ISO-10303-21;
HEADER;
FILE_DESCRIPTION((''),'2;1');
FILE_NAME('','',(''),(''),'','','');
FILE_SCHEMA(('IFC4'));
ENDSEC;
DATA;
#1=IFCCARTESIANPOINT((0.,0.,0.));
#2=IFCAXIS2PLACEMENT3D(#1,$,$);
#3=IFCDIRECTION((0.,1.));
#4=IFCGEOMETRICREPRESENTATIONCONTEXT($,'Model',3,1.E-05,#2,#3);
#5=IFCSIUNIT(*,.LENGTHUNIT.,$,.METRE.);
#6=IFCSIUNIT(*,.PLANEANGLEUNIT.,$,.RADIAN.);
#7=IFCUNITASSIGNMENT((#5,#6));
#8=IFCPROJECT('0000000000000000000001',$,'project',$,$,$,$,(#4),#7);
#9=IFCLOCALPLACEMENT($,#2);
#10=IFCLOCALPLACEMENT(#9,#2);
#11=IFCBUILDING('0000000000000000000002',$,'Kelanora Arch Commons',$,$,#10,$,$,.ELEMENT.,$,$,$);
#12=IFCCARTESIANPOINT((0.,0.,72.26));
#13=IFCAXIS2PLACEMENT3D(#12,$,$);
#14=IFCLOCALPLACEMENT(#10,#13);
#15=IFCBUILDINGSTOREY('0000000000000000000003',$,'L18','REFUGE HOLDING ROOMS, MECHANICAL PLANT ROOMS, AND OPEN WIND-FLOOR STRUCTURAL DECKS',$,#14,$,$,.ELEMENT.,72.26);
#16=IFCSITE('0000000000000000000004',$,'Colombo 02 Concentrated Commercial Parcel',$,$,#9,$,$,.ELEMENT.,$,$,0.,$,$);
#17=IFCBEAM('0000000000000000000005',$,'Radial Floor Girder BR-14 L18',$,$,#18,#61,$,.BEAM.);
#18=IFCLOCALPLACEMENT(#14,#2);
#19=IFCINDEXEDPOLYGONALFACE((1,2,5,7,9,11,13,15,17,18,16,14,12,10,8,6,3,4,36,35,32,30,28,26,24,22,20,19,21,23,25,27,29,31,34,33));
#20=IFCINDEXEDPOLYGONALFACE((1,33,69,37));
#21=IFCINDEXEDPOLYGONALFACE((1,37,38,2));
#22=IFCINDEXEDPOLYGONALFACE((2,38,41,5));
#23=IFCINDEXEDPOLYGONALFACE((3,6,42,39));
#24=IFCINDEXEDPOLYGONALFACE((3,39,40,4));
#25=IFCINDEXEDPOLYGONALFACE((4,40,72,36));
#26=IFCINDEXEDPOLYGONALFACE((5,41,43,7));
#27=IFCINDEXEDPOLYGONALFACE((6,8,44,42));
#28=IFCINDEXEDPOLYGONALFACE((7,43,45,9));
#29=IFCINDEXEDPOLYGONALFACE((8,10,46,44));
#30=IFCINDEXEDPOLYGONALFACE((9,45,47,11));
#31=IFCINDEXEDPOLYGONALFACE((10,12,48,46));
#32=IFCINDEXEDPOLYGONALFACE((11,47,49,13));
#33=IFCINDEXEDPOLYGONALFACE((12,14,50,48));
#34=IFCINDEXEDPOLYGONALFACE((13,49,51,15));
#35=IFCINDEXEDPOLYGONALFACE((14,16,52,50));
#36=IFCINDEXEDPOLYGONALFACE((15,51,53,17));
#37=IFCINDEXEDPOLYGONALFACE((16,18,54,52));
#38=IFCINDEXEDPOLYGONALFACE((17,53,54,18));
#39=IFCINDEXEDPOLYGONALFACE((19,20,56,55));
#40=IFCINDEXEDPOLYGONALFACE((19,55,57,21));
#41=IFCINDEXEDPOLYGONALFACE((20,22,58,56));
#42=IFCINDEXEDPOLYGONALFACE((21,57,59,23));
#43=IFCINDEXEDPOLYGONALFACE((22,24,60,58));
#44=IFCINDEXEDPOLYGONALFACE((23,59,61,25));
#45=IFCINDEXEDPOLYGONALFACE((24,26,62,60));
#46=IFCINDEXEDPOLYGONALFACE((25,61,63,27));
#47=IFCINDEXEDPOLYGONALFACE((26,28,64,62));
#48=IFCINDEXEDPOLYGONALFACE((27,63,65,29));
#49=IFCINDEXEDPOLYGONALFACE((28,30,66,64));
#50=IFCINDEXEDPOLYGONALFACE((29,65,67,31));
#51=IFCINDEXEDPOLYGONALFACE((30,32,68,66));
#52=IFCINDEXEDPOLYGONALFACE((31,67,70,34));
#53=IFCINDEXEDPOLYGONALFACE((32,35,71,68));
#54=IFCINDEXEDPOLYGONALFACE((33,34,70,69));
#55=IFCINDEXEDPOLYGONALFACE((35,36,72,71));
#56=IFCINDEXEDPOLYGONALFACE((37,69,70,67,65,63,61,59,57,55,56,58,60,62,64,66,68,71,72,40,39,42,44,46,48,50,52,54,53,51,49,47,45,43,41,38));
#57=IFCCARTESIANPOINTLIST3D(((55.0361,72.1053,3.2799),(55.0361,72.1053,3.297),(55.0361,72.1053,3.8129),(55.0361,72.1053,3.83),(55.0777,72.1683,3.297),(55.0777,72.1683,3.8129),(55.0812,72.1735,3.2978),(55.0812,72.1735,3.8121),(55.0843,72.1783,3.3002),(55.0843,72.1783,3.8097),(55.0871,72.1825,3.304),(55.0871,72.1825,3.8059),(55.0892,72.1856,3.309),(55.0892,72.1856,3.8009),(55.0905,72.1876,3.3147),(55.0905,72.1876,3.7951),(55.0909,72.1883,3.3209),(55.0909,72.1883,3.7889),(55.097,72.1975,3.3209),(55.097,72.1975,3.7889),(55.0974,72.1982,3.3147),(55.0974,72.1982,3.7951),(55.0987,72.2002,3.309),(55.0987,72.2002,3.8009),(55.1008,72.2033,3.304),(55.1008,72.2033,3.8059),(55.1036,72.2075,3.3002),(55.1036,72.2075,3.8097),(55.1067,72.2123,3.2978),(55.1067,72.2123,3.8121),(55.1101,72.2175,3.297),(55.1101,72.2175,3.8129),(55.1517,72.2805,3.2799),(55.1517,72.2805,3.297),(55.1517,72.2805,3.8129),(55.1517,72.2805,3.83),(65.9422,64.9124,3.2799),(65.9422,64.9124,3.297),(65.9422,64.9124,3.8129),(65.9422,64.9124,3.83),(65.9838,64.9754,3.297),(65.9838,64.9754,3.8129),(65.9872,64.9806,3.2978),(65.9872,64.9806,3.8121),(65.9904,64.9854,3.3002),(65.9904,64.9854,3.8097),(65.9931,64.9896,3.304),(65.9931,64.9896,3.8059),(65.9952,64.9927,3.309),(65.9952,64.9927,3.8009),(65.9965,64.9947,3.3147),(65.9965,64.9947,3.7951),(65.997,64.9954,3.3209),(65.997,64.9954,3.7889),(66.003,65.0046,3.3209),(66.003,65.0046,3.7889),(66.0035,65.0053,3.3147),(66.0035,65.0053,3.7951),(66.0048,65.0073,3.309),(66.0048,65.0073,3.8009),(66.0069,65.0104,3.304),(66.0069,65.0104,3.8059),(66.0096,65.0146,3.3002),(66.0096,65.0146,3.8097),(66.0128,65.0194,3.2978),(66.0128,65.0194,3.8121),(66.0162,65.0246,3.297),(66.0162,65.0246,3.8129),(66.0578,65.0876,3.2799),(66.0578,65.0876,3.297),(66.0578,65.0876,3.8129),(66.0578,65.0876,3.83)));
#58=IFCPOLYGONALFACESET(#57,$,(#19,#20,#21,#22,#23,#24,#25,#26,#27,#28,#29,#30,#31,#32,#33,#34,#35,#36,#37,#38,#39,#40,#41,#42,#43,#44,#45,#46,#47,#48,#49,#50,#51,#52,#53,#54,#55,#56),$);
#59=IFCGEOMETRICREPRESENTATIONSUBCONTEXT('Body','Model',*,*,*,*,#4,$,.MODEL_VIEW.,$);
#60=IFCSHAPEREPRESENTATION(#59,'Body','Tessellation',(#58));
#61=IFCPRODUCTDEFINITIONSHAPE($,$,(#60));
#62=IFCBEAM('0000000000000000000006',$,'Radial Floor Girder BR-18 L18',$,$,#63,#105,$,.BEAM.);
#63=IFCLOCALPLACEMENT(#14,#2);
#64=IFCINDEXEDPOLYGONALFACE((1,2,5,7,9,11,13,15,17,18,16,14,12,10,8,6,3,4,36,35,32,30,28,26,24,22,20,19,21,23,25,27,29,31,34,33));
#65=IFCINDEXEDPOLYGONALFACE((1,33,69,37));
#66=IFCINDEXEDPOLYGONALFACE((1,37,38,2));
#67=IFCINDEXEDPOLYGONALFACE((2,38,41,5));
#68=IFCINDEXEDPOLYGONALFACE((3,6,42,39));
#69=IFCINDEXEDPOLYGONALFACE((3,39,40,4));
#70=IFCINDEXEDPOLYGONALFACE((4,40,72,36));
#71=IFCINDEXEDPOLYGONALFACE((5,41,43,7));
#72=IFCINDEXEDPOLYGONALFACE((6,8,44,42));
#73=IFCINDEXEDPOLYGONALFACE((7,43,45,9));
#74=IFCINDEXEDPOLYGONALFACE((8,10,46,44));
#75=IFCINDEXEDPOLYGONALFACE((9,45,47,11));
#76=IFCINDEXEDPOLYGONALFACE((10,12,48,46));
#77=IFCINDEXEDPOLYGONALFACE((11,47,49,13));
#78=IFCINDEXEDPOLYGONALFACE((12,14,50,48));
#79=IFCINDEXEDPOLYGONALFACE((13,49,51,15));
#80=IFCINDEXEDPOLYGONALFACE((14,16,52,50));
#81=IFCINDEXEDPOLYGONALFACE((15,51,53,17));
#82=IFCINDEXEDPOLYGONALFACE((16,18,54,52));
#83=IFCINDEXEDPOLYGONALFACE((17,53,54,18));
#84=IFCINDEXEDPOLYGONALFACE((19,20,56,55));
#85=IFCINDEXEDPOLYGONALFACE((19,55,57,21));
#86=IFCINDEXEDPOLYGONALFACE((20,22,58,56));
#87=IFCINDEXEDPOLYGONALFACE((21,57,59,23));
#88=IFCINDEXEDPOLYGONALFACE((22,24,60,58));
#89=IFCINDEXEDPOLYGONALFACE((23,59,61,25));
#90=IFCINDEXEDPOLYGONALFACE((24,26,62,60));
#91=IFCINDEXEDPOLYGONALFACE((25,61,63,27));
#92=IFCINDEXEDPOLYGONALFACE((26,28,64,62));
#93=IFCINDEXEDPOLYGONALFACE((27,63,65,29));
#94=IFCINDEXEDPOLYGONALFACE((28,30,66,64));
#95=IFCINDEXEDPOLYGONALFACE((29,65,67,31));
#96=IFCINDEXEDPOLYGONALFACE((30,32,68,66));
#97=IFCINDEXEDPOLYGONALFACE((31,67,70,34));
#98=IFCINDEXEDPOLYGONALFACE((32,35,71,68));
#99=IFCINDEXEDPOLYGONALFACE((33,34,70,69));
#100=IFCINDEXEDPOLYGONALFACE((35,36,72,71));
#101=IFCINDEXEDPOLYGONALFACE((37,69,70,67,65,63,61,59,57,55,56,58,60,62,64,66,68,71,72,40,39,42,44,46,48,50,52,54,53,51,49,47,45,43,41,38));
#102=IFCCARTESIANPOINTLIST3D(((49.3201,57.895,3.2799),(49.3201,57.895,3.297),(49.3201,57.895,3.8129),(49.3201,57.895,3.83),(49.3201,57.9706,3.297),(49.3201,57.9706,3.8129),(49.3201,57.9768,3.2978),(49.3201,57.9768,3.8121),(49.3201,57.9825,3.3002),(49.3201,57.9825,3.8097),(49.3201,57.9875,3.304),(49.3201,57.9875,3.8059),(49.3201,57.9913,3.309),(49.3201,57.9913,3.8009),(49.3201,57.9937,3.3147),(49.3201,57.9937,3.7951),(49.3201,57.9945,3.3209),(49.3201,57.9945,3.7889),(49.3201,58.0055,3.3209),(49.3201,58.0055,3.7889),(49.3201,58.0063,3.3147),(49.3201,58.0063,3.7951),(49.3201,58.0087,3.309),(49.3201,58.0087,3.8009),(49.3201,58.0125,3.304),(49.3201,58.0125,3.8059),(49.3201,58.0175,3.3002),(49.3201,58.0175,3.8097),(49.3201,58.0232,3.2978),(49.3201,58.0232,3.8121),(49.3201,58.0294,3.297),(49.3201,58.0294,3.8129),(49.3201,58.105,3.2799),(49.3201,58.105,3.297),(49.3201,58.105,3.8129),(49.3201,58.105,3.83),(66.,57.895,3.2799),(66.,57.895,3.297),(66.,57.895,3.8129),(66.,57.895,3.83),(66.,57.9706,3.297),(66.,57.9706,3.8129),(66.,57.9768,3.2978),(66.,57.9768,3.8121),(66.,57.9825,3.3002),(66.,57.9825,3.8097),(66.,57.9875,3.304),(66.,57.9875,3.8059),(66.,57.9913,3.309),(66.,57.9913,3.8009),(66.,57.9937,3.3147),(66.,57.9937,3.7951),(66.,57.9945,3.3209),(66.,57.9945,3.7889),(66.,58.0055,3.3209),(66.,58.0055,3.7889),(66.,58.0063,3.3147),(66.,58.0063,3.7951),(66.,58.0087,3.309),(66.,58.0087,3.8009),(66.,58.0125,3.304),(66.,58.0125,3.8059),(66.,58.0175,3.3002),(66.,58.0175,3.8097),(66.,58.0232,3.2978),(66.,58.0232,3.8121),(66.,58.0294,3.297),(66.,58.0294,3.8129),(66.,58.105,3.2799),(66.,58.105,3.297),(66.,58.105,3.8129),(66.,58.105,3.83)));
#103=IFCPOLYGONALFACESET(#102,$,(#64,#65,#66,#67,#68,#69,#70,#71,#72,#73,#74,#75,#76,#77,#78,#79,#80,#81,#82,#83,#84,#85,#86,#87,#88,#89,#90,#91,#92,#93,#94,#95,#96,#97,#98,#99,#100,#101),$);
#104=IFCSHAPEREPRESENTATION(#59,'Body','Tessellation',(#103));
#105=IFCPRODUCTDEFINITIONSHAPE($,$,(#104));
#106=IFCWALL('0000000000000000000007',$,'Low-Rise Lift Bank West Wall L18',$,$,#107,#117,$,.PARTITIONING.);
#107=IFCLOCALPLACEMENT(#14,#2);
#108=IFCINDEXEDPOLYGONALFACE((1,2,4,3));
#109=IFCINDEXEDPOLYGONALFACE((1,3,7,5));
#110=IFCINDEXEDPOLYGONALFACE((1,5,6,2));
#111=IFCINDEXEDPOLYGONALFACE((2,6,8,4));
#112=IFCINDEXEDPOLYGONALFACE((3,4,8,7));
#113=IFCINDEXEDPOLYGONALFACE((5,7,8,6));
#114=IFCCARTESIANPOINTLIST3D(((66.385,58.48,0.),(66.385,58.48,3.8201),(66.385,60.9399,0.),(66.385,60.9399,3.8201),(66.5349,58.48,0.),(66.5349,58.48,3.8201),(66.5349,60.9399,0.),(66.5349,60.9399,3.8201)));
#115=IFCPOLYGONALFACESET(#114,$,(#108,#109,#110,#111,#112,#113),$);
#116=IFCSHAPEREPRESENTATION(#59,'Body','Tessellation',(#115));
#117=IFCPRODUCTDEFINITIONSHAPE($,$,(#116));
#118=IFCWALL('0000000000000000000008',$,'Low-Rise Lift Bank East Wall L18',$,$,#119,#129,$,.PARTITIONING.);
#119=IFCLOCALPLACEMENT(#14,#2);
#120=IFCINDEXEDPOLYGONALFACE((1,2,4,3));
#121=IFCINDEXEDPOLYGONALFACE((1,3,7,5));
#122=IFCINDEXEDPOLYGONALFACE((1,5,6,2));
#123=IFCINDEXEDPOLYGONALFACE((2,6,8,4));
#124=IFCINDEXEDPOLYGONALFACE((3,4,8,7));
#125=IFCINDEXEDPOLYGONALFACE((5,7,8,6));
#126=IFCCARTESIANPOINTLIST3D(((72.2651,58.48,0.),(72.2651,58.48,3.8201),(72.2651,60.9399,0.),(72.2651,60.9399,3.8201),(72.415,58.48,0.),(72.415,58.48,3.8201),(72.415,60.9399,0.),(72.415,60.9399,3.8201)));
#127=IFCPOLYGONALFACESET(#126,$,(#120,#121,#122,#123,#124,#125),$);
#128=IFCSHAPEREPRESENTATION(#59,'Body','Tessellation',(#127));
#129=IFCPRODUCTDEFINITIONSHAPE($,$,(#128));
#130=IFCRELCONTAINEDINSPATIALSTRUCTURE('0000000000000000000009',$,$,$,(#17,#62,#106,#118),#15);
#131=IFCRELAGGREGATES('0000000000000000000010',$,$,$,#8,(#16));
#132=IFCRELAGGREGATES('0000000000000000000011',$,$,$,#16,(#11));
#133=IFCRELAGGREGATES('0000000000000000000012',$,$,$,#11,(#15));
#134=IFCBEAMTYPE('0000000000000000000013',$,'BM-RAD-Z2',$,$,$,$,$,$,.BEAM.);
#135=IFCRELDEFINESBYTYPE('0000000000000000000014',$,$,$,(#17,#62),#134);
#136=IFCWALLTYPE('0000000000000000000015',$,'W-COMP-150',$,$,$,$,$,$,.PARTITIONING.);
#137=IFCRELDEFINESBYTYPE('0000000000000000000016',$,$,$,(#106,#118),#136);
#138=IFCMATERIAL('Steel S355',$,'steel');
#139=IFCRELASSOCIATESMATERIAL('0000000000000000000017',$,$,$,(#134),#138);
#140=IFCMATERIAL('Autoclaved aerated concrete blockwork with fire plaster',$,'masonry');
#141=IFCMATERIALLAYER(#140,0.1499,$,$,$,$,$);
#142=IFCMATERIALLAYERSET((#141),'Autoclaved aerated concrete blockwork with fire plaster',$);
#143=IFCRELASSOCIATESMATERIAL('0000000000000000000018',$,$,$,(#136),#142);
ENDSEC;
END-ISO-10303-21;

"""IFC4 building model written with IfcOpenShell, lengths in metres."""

from ifc_helpers import new_model, si_unit, direction, frame, frame_2d, origin, origin_2d, place, context, subcontext, project, spatial, rectangle, i_section, extrude, material, layer, layer_set, material_profile, profile_set, type_object, element, save


model = new_model("IFC4")

# Units and contexts
model_context = context("Model", 3, precision=1e-05, world=origin(), true_north=direction((0.0, 1.0)))
body_context = subcontext(model_context, "Body", "Model", "MODEL_VIEW")
ifc_project = project(units=[si_unit("LENGTHUNIT", "METRE"), si_unit("PLANEANGLEUNIT", "RADIAN")], contexts=[model_context])

# Site, building, storey
site_placement = place(None, origin())
site = spatial("IfcSite", under=ifc_project, at=site_placement, Name="Colombo 02 Concentrated Commercial Parcel", CompositionType="ELEMENT", RefElevation=0.0)
building_placement = place(site_placement, origin())
building = spatial("IfcBuilding", under=site, at=building_placement, Name="Kelanora Arch Commons", CompositionType="ELEMENT")
storey_placement = place(building_placement, frame((0.0, 0.0, 72.26)))
storey = spatial("IfcBuildingStorey", under=building, at=storey_placement, Name="L18", Description="REFUGE HOLDING ROOMS, MECHANICAL PLANT ROOMS, AND OPEN WIND-FLOOR STRUCTURAL DECKS", CompositionType="ELEMENT", Elevation=72.26)

# Beams
ifc_material_1 = material(Name="Steel S355", Category="steel")
ifc_material_profile_1 = material_profile(ifc_material_1, i_section(OverallWidth=0.21, OverallDepth=0.55, WebThickness=0.011, FlangeThickness=0.0171, FilletRadius=0.0239, at=origin_2d()), Name="IPE550")
ifc_profile_set_1 = profile_set([ifc_material_profile_1], Name="Steel S355")
beam_type_1 = type_object("IfcBeamType", Name="BM-RAD-Z2", PredefinedType="BEAM", material=ifc_profile_set_1)
beam_1_placement = place(storey_placement, frame((66.0, 65.0, 3.5549), z_axis=(-0.834789, 0.550571, 0.0), x_axis=(-0.550571, -0.834789, 0.0)))
element("IfcBeam", 1, at=beam_1_placement, inside=storey, type_object=beam_type_1, Name="Radial Floor Girder BR-14 L18", PredefinedType="BEAM", context=body_context, shape_type="SweptSolid", body=[
    extrude(i_section(OverallWidth=0.21, OverallDepth=0.55, WebThickness=0.011, FlangeThickness=0.0171, FilletRadius=0.0239, at=origin_2d()), origin(), (0.0, 0.0, 1.0), 13.0645),
])
beam_2_placement = place(storey_placement, frame((66.0, 58.0, 3.5549), z_axis=(-1.0, 0.0, 0.0), x_axis=(0.0, -1.0, 0.0)))
element("IfcBeam", 2, at=beam_2_placement, inside=storey, type_object=beam_type_1, Name="Radial Floor Girder BR-18 L18", PredefinedType="BEAM", context=body_context, shape_type="SweptSolid", body=[
    extrude(i_section(OverallWidth=0.21, OverallDepth=0.55, WebThickness=0.011, FlangeThickness=0.0171, FilletRadius=0.0239, at=origin_2d()), origin(), (0.0, 0.0, 1.0), 16.6799),
])

# Walls
ifc_material_2 = material(Name="Autoclaved aerated concrete blockwork with fire plaster", Category="masonry")
ifc_layer_1 = layer(ifc_material_2, 0.1499)
ifc_layer_set_1 = layer_set([ifc_layer_1], Name="Autoclaved aerated concrete blockwork with fire plaster")
wall_type_1 = type_object("IfcWallType", Name="W-COMP-150", PredefinedType="PARTITIONING", material=ifc_layer_set_1)
for number, where, z_axis, x_axis, name in (
    (3, (66.46, 58.48, 0.0), (0.0, 0.0, 1.0), (0.0, 1.0, 0.0), "Low-Rise Lift Bank West Wall L18"),
    (4, (72.3401, 58.48, 0.0), (0.0, 0.0, 1.0), (0.0, 1.0, 0.0), "Low-Rise Lift Bank East Wall L18"),
):
    element("IfcWall", number, at=place(storey_placement, frame(where, z_axis=z_axis, x_axis=x_axis)), inside=storey, type_object=wall_type_1, Name=name, PredefinedType="PARTITIONING", context=body_context, shape_type="SweptSolid", body=[
        extrude(rectangle(XDim=2.46, YDim=0.1499, at=frame_2d((1.23, 0.0))), origin(), (0.0, 0.0, 1.0), 3.8201),
    ])

save(model, "model.ifc")
